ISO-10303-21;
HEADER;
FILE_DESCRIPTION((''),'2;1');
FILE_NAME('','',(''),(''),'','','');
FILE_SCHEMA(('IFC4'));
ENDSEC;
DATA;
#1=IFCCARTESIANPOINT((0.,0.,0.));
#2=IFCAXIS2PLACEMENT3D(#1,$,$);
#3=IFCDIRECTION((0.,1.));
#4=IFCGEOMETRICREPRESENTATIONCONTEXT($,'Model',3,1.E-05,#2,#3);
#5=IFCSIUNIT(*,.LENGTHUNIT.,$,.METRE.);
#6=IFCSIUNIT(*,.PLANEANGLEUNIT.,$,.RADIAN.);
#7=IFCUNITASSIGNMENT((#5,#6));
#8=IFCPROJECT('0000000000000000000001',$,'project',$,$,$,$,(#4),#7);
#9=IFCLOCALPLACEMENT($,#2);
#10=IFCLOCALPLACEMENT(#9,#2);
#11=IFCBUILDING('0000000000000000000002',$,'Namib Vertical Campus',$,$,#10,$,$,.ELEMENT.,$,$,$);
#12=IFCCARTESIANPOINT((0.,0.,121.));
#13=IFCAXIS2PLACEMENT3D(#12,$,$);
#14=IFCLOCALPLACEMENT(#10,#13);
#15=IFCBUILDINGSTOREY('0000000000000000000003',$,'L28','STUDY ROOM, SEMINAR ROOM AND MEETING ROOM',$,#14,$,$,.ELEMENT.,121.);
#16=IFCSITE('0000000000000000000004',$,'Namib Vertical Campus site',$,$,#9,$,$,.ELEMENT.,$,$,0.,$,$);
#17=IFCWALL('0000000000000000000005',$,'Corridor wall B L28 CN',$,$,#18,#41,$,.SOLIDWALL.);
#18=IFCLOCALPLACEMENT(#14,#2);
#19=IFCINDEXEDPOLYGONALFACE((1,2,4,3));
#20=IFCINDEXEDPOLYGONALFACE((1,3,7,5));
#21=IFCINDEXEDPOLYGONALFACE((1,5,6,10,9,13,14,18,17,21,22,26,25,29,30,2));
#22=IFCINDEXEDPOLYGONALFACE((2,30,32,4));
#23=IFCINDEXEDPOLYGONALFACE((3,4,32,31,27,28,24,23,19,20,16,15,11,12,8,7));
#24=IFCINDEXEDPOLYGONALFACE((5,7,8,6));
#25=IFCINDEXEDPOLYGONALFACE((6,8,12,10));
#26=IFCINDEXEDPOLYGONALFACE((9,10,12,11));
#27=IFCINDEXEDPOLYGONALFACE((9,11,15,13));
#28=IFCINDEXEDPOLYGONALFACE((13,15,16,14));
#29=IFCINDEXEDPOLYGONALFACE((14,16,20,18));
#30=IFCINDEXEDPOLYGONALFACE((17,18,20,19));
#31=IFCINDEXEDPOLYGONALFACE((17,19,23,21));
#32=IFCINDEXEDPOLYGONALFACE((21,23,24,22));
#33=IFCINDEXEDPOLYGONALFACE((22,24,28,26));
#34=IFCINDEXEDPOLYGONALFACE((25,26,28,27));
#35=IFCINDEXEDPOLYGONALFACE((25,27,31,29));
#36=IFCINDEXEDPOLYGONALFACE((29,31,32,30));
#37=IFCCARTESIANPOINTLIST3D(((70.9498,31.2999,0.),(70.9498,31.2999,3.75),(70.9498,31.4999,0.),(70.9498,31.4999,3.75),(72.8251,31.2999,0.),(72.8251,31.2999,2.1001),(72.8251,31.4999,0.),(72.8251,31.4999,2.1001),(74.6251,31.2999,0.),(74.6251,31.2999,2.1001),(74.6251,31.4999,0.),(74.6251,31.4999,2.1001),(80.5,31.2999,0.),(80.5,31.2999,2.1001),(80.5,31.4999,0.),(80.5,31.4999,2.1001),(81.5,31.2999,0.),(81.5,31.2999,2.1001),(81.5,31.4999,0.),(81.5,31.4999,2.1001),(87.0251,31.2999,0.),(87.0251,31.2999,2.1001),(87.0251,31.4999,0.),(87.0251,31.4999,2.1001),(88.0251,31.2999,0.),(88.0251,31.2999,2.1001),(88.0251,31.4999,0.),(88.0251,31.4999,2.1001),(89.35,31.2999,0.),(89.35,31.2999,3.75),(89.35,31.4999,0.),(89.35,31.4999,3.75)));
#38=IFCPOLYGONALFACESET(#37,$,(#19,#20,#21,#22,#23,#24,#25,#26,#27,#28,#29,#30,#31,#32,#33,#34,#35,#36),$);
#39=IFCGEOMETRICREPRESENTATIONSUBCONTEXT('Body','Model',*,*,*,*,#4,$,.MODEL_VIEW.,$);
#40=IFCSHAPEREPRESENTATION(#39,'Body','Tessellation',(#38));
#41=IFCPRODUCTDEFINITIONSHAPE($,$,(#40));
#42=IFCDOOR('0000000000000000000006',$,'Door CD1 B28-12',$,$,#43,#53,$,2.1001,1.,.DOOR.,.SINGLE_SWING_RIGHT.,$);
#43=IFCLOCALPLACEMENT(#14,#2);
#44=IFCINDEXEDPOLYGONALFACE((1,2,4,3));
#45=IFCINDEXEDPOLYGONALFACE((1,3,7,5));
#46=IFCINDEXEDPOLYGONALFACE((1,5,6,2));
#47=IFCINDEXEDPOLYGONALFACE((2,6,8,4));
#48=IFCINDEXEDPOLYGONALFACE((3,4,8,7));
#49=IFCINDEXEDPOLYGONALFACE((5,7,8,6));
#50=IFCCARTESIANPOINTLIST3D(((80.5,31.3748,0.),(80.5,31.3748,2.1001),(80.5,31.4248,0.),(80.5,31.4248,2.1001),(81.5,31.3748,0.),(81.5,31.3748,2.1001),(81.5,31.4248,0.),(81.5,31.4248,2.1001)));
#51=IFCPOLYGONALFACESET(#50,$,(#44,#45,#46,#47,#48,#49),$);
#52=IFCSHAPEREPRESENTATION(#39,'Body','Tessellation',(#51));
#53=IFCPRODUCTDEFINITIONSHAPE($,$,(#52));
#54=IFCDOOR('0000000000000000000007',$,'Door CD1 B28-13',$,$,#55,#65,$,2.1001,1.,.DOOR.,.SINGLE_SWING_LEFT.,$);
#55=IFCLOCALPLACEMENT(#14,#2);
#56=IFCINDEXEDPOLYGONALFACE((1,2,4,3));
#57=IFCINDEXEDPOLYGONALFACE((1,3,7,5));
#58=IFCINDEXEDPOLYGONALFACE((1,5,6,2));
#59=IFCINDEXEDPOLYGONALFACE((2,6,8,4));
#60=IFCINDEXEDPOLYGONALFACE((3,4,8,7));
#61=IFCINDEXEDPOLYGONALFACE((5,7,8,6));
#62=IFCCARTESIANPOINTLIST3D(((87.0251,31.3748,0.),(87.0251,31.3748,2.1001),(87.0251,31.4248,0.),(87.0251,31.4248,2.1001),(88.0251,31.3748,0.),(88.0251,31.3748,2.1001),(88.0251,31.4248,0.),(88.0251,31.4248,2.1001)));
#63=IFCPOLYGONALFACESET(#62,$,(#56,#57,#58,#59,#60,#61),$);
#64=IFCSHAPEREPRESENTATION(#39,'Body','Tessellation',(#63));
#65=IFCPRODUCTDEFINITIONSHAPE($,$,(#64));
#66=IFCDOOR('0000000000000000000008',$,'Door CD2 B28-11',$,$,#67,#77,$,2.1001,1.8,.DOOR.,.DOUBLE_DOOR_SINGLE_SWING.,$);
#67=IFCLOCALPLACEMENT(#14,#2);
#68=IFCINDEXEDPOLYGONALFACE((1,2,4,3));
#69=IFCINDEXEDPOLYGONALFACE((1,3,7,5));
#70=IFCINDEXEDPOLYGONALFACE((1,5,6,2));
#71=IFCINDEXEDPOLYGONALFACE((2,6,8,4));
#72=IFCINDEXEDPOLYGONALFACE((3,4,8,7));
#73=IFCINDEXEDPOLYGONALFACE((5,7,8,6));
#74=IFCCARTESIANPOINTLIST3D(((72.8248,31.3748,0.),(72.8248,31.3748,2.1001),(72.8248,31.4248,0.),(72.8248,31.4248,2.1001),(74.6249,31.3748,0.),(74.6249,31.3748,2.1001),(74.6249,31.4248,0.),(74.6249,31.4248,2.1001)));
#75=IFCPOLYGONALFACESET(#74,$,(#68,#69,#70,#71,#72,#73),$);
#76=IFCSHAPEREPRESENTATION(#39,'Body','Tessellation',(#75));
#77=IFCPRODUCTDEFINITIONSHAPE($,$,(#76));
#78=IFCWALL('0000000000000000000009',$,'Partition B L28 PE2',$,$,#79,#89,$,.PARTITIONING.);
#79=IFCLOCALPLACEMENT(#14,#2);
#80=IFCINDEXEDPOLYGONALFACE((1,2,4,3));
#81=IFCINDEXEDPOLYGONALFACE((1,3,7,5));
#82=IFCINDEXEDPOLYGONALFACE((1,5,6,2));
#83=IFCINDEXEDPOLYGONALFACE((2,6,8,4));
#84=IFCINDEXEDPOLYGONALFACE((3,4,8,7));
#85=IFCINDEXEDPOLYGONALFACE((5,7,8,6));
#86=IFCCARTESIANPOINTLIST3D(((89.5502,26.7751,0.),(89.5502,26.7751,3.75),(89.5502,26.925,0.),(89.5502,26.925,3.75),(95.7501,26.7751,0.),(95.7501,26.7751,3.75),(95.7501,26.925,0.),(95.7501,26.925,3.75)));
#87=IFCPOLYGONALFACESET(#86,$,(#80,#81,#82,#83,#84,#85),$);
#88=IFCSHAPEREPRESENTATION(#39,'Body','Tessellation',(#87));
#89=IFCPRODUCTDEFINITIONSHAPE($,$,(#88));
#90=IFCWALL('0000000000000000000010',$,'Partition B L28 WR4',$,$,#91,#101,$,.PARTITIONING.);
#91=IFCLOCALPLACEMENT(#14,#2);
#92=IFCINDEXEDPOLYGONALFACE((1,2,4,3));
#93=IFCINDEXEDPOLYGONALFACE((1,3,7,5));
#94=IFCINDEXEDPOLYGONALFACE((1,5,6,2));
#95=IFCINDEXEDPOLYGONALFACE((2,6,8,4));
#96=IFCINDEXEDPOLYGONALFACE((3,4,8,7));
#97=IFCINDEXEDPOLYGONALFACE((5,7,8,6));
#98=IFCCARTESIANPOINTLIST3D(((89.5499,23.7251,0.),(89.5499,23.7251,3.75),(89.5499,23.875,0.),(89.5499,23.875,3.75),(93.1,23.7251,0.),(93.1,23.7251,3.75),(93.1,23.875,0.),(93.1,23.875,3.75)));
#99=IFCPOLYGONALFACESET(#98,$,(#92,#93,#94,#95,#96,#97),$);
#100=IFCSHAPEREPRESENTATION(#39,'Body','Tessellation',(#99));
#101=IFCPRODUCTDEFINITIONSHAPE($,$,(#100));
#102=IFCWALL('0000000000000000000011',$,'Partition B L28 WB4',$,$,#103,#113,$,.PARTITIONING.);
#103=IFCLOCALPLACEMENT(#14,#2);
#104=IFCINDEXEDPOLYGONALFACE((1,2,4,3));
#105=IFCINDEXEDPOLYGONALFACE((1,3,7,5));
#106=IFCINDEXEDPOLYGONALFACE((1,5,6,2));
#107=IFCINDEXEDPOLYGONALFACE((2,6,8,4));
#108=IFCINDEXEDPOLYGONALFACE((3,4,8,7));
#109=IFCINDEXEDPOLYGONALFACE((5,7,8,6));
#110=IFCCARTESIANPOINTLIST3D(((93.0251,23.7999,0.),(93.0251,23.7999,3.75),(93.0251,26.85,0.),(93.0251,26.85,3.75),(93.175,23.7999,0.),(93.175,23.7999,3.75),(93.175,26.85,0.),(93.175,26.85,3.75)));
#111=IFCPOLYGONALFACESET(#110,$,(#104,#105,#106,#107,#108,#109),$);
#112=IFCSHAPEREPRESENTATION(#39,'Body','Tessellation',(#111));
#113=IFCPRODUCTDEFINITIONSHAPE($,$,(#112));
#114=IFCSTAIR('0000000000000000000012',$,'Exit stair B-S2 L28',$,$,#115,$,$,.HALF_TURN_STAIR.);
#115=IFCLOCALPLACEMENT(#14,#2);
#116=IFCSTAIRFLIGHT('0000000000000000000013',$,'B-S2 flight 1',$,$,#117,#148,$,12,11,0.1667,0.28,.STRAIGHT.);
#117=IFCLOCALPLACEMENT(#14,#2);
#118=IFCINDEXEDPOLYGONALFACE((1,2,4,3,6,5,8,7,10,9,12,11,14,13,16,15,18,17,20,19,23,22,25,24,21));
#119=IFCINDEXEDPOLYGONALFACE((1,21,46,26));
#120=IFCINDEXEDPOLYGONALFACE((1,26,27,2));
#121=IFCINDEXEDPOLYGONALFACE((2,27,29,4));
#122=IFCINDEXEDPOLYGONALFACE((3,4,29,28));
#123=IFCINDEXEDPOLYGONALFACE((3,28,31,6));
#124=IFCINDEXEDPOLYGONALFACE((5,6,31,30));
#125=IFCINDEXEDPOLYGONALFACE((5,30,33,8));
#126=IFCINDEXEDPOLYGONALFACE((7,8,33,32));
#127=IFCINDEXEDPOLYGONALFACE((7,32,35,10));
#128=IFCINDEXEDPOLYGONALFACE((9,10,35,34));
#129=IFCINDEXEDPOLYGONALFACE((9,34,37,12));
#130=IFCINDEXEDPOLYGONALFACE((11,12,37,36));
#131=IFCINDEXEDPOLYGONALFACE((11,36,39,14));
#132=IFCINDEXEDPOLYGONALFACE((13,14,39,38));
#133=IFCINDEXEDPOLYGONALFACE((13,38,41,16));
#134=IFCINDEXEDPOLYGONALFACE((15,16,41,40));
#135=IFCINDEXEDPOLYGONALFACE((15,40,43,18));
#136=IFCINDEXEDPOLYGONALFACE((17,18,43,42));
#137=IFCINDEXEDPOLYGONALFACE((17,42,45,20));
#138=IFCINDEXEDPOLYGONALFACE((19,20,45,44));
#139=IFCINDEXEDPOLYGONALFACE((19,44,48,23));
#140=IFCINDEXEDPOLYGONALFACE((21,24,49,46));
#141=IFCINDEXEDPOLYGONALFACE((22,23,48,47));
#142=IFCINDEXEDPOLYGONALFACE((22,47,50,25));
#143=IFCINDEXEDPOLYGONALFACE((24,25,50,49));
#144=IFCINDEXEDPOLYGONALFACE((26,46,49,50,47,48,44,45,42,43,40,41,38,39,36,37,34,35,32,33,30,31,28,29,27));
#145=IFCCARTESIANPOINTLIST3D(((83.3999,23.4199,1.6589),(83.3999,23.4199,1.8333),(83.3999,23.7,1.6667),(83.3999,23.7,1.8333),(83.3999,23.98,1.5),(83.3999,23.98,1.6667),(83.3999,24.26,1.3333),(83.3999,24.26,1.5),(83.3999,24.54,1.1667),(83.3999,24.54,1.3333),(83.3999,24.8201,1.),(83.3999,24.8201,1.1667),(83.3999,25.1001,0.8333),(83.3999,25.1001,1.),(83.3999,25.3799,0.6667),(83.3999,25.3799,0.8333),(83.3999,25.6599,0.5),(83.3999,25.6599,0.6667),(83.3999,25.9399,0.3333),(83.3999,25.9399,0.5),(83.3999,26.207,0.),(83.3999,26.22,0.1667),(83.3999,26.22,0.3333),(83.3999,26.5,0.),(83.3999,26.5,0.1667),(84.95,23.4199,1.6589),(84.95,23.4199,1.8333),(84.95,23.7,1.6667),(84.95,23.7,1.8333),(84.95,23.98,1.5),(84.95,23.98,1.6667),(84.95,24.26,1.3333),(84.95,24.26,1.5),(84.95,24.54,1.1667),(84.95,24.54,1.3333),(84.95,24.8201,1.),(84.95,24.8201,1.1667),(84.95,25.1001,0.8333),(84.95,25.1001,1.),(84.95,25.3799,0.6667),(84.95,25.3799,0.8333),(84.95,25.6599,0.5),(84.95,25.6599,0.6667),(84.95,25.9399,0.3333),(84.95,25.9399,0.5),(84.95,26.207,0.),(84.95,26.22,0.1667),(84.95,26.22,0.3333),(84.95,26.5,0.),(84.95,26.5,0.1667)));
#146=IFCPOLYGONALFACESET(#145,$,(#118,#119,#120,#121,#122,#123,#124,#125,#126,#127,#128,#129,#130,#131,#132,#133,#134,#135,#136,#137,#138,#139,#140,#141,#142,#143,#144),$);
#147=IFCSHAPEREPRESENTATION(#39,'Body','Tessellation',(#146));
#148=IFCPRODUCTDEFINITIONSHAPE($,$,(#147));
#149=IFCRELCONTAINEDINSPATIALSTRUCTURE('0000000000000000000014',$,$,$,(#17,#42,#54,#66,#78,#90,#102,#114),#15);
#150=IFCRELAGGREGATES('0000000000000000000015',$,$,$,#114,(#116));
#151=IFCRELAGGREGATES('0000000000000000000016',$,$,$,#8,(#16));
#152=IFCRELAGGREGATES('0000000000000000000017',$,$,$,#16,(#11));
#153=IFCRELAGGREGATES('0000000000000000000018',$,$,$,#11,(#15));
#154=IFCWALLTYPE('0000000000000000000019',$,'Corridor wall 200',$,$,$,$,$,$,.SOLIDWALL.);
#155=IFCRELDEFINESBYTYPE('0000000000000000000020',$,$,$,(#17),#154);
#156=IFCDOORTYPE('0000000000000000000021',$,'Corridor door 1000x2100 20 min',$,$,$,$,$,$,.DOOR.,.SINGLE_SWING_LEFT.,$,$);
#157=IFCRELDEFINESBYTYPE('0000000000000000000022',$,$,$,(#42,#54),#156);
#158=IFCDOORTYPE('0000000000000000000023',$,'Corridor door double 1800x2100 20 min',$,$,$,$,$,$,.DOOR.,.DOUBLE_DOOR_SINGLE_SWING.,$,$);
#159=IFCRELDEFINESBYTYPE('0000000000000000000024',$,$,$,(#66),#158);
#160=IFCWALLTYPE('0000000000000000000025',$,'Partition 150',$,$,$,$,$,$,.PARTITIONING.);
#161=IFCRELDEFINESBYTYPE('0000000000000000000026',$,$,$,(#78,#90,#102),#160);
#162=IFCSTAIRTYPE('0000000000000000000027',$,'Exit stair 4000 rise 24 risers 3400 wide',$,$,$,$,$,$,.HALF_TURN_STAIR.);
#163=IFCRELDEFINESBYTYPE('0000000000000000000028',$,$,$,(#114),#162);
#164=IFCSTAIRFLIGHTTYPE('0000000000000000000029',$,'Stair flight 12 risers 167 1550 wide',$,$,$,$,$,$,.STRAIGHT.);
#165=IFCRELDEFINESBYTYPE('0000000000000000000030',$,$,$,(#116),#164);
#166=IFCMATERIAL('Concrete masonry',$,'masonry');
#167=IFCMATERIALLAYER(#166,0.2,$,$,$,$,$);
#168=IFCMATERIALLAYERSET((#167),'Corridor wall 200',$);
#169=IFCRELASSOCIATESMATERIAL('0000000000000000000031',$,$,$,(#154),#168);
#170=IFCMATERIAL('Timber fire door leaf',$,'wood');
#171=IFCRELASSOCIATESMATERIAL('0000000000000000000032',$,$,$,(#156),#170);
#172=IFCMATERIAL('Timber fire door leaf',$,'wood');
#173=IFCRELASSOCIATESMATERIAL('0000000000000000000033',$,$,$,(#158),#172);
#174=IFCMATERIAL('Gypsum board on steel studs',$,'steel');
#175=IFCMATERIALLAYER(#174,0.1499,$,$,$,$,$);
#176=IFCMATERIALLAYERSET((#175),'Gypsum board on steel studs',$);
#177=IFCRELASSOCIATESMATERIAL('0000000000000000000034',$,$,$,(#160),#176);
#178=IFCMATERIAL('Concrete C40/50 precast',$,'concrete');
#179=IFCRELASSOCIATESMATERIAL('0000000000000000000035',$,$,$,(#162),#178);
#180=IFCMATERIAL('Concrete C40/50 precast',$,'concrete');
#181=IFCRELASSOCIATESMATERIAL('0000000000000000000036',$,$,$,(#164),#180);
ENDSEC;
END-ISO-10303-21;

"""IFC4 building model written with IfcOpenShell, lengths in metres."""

from ifc_helpers import new_model, si_unit, direction, frame, frame_2d, origin, place, context, subcontext, project, spatial, polyline, rectangle, outline, extrude, material, layer, layer_set, type_object, element, fill, aggregate, save


model = new_model("IFC4")

# Units and contexts
model_context = context("Model", 3, precision=1e-05, world=origin(), true_north=direction((0.0, 1.0)))
body_context = subcontext(model_context, "Body", "Model", "MODEL_VIEW")
ifc_project = project(units=[si_unit("LENGTHUNIT", "METRE"), si_unit("PLANEANGLEUNIT", "RADIAN")], contexts=[model_context])

# Site, building, storey
site_placement = place(None, origin())
site = spatial("IfcSite", under=ifc_project, at=site_placement, Name="Namib Vertical Campus site", CompositionType="ELEMENT", RefElevation=0.0)
building_placement = place(site_placement, origin())
building = spatial("IfcBuilding", under=site, at=building_placement, Name="Namib Vertical Campus", CompositionType="ELEMENT")
storey_placement = place(building_placement, frame((0.0, 0.0, 121.0)))
storey = spatial("IfcBuildingStorey", under=building, at=storey_placement, Name="L28", Description="STUDY ROOM, SEMINAR ROOM AND MEETING ROOM", CompositionType="ELEMENT", Elevation=121.0)

# Wall, openings, doors
ifc_material_1 = material(Name="Concrete masonry", Category="masonry")
ifc_layer_1 = layer(ifc_material_1, 0.2)
ifc_layer_set_1 = layer_set([ifc_layer_1], Name="Corridor wall 200")
wall_type_1 = type_object("IfcWallType", Name="Corridor wall 200", PredefinedType="SOLIDWALL", material=ifc_layer_set_1)
wall_1_placement = place(storey_placement, frame((89.3501, 31.3999, 0.0), z_axis=(0.0, 0.0, 1.0), x_axis=(-1.0, 0.0, 0.0)))
wall_1 = element("IfcWall", 1, at=wall_1_placement, inside=storey, type_object=wall_type_1, Name="Corridor wall B L28 CN", PredefinedType="SOLIDWALL", context=body_context, shape_type="SweptSolid", body=[
    extrude(rectangle(XDim=18.4001, YDim=0.2, at=frame_2d((9.2002, 0.0))), origin(), (0.0, 0.0, 1.0), 3.75),
])
opening_1_placement = place(wall_1_placement, frame((14.7251, 0.0, 0.0)))
opening_1 = element("IfcOpeningElement", 2, at=opening_1_placement, cuts=wall_1, PredefinedType="OPENING", context=body_context, shape_type="SweptSolid", body=[
    extrude(rectangle(XDim=1.8, YDim=2.1001, at=frame_2d((0.8999, 1.05))), frame((0.0, 0.1099, 0.0), z_axis=(0.0, -1.0, 0.0), x_axis=(1.0, 0.0, 0.0)), (0.0, 0.0, 1.0), 0.22),
])
opening_2_placement = place(wall_1_placement, frame((7.8501, 0.0, 0.0)))
opening_2 = element("IfcOpeningElement", 3, at=opening_2_placement, cuts=wall_1, PredefinedType="OPENING", context=body_context, shape_type="SweptSolid", body=[
    extrude(rectangle(XDim=1.0, YDim=2.1001, at=frame_2d((0.5, 1.05))), frame((0.0, 0.1099, 0.0), z_axis=(0.0, -1.0, 0.0), x_axis=(1.0, 0.0, 0.0)), (0.0, 0.0, 1.0), 0.22),
])
opening_3_placement = place(wall_1_placement, frame((1.325, 0.0, 0.0)))
opening_3 = element("IfcOpeningElement", 4, at=opening_3_placement, cuts=wall_1, PredefinedType="OPENING", context=body_context, shape_type="SweptSolid", body=[
    extrude(rectangle(XDim=1.0, YDim=2.1001, at=frame_2d((0.5, 1.05))), frame((0.0, 0.1099, 0.0), z_axis=(0.0, -1.0, 0.0), x_axis=(1.0, 0.0, 0.0)), (0.0, 0.0, 1.0), 0.22),
])
ifc_material_2 = material(Name="Timber fire door leaf", Category="wood")
door_type_1 = type_object("IfcDoorType", Name="Corridor door 1000x2100 20 min", OperationType="SINGLE_SWING_LEFT", PredefinedType="DOOR", material=ifc_material_2)
door_1_placement = place(opening_2_placement, frame((1.0, 0.0, 0.0), z_axis=(0.0, 0.0, 1.0), x_axis=(-1.0, 0.0, 0.0)))
door_1 = element("IfcDoor", 5, at=door_1_placement, inside=storey, type_object=door_type_1, Name="Door CD1 B28-12", OperationType="SINGLE_SWING_RIGHT", OverallHeight=2.1001, OverallWidth=1.0, PredefinedType="DOOR", context=body_context, shape_type="SweptSolid", body=[
    extrude(rectangle(XDim=1.0, YDim=2.1001, at=frame_2d((0.5, 1.05))), frame((0.0, 0.0249, 0.0), z_axis=(0.0, -1.0, 0.0), x_axis=(1.0, 0.0, 0.0)), (0.0, 0.0, 1.0), 0.05),
])
fill(opening_2, door_1)
door_2_placement = place(opening_3_placement, frame((1.0, 0.0, 0.0), z_axis=(0.0, 0.0, 1.0), x_axis=(-1.0, 0.0, 0.0)))
door_2 = element("IfcDoor", 6, at=door_2_placement, inside=storey, type_object=door_type_1, Name="Door CD1 B28-13", OperationType="SINGLE_SWING_LEFT", OverallHeight=2.1001, OverallWidth=1.0, PredefinedType="DOOR", context=body_context, shape_type="SweptSolid", body=[
    extrude(rectangle(XDim=1.0, YDim=2.1001, at=frame_2d((0.5, 1.05))), frame((0.0, 0.0249, 0.0), z_axis=(0.0, -1.0, 0.0), x_axis=(1.0, 0.0, 0.0)), (0.0, 0.0, 1.0), 0.05),
])
fill(opening_3, door_2)
ifc_material_3 = material(Name="Timber fire door leaf", Category="wood")
door_type_2 = type_object("IfcDoorType", Name="Corridor door double 1800x2100 20 min", OperationType="DOUBLE_DOOR_SINGLE_SWING", PredefinedType="DOOR", material=ifc_material_3)
door_3_placement = place(opening_1_placement, frame((1.8, 0.0, 0.0), z_axis=(0.0, 0.0, 1.0), x_axis=(-1.0, 0.0, 0.0)))
door_3 = element("IfcDoor", 7, at=door_3_placement, inside=storey, type_object=door_type_2, Name="Door CD2 B28-11", OperationType="DOUBLE_DOOR_SINGLE_SWING", OverallHeight=2.1001, OverallWidth=1.8, PredefinedType="DOOR", context=body_context, shape_type="SweptSolid", body=[
    extrude(rectangle(XDim=1.8, YDim=2.1001, at=frame_2d((0.8999, 1.05))), frame((0.0, 0.0249, 0.0), z_axis=(0.0, -1.0, 0.0), x_axis=(1.0, 0.0, 0.0)), (0.0, 0.0, 1.0), 0.05),
])
fill(opening_1, door_3)

# Walls
ifc_material_4 = material(Name="Gypsum board on steel studs", Category="steel")
ifc_layer_2 = layer(ifc_material_4, 0.1499)
ifc_layer_set_2 = layer_set([ifc_layer_2], Name="Gypsum board on steel studs")
wall_type_2 = type_object("IfcWallType", Name="Partition 150", PredefinedType="PARTITIONING", material=ifc_layer_set_2)
wall_2_placement = place(storey_placement, frame((89.55, 26.8501, 0.0), z_axis=(0.0, 0.0, 1.0), x_axis=(1.0, 0.0, 0.0)))
element("IfcWall", 8, at=wall_2_placement, inside=storey, type_object=wall_type_2, Name="Partition B L28 PE2", PredefinedType="PARTITIONING", context=body_context, shape_type="SweptSolid", body=[
    extrude(rectangle(XDim=6.2, YDim=0.1499, at=frame_2d((3.1001, 0.0))), origin(), (0.0, 0.0, 1.0), 3.75),
])
wall_3_placement = place(storey_placement, frame((89.55, 23.8, 0.0), z_axis=(0.0, 0.0, 1.0), x_axis=(1.0, 0.0, 0.0)))
element("IfcWall", 9, at=wall_3_placement, inside=storey, type_object=wall_type_2, Name="Partition B L28 WR4", PredefinedType="PARTITIONING", context=body_context, shape_type="SweptSolid", body=[
    extrude(rectangle(XDim=3.55, YDim=0.1499, at=frame_2d((1.7749, 0.0))), origin(), (0.0, 0.0, 1.0), 3.75),
])
wall_4_placement = place(storey_placement, frame((93.1001, 23.8, 0.0), z_axis=(0.0, 0.0, 1.0), x_axis=(0.0, 1.0, 0.0)))
element("IfcWall", 10, at=wall_4_placement, inside=storey, type_object=wall_type_2, Name="Partition B L28 WB4", PredefinedType="PARTITIONING", context=body_context, shape_type="SweptSolid", body=[
    extrude(rectangle(XDim=3.05, YDim=0.1499, at=frame_2d((1.5249, 0.0))), origin(), (0.0, 0.0, 1.0), 3.75),
])

# Stair, stair flight
ifc_material_5 = material(Name="Concrete C40/50 precast", Category="concrete")
stair_type = type_object("IfcStairType", Name="Exit stair 4000 rise 24 risers 3400 wide", PredefinedType="HALF_TURN_STAIR", material=ifc_material_5)
stair_placement = place(storey_placement, origin())
stair = element("IfcStair", 11, at=stair_placement, inside=storey, type_object=stair_type, Name="Exit stair B-S2 L28", PredefinedType="HALF_TURN_STAIR")
ifc_material_6 = material(Name="Concrete C40/50 precast", Category="concrete")
stair_flight_type = type_object("IfcStairFlightType", Name="Stair flight 12 risers 167 1550 wide", PredefinedType="STRAIGHT", material=ifc_material_6)
stair_flight_1_placement = place(storey_placement, frame((84.175, 26.5, 0.0), z_axis=(0.0, 0.0, 1.0), x_axis=(0.0, -1.0, 0.0)))
stair_flight_1 = element("IfcStairFlight", 12, at=stair_flight_1_placement, type_object=stair_flight_type, Name="B-S2 flight 1", NumberOfRisers=12, NumberOfTreads=11, PredefinedType="STRAIGHT", RiserHeight=0.1667, TreadLength=0.28, context=body_context, shape_type="SweptSolid", body=[
    extrude(outline(polyline([(0.0, 0.0), (0.0, 0.1667), (0.28, 0.1667), (0.28, 0.3333), (0.5601, 0.3333), (0.5601, 0.5), (0.8401, 0.5), (0.8401, 0.6667), (1.1201, 0.6667), (1.1201, 0.8333), (1.3999, 0.8333), (1.3999, 1.0), (1.6799, 1.0), (1.6799, 1.1667), (1.96, 1.1667), (1.96, 1.3333), (2.24, 1.3333), (2.24, 1.5), (2.52, 1.5), (2.52, 1.6667), (2.8, 1.6667), (2.8, 1.8333), (3.0801, 1.8333), (3.0801, 2.0), (3.0801, 1.6589), (0.293, 0.0), (0.0, 0.0)])), frame((0.0, 0.7749, 0.0), z_axis=(0.0, -1.0, 0.0), x_axis=(1.0, 0.0, 0.0)), (0.0, 0.0, 1.0), 1.55),
])
aggregate(stair, [stair_flight_1])

save(model, "model.ifc")
